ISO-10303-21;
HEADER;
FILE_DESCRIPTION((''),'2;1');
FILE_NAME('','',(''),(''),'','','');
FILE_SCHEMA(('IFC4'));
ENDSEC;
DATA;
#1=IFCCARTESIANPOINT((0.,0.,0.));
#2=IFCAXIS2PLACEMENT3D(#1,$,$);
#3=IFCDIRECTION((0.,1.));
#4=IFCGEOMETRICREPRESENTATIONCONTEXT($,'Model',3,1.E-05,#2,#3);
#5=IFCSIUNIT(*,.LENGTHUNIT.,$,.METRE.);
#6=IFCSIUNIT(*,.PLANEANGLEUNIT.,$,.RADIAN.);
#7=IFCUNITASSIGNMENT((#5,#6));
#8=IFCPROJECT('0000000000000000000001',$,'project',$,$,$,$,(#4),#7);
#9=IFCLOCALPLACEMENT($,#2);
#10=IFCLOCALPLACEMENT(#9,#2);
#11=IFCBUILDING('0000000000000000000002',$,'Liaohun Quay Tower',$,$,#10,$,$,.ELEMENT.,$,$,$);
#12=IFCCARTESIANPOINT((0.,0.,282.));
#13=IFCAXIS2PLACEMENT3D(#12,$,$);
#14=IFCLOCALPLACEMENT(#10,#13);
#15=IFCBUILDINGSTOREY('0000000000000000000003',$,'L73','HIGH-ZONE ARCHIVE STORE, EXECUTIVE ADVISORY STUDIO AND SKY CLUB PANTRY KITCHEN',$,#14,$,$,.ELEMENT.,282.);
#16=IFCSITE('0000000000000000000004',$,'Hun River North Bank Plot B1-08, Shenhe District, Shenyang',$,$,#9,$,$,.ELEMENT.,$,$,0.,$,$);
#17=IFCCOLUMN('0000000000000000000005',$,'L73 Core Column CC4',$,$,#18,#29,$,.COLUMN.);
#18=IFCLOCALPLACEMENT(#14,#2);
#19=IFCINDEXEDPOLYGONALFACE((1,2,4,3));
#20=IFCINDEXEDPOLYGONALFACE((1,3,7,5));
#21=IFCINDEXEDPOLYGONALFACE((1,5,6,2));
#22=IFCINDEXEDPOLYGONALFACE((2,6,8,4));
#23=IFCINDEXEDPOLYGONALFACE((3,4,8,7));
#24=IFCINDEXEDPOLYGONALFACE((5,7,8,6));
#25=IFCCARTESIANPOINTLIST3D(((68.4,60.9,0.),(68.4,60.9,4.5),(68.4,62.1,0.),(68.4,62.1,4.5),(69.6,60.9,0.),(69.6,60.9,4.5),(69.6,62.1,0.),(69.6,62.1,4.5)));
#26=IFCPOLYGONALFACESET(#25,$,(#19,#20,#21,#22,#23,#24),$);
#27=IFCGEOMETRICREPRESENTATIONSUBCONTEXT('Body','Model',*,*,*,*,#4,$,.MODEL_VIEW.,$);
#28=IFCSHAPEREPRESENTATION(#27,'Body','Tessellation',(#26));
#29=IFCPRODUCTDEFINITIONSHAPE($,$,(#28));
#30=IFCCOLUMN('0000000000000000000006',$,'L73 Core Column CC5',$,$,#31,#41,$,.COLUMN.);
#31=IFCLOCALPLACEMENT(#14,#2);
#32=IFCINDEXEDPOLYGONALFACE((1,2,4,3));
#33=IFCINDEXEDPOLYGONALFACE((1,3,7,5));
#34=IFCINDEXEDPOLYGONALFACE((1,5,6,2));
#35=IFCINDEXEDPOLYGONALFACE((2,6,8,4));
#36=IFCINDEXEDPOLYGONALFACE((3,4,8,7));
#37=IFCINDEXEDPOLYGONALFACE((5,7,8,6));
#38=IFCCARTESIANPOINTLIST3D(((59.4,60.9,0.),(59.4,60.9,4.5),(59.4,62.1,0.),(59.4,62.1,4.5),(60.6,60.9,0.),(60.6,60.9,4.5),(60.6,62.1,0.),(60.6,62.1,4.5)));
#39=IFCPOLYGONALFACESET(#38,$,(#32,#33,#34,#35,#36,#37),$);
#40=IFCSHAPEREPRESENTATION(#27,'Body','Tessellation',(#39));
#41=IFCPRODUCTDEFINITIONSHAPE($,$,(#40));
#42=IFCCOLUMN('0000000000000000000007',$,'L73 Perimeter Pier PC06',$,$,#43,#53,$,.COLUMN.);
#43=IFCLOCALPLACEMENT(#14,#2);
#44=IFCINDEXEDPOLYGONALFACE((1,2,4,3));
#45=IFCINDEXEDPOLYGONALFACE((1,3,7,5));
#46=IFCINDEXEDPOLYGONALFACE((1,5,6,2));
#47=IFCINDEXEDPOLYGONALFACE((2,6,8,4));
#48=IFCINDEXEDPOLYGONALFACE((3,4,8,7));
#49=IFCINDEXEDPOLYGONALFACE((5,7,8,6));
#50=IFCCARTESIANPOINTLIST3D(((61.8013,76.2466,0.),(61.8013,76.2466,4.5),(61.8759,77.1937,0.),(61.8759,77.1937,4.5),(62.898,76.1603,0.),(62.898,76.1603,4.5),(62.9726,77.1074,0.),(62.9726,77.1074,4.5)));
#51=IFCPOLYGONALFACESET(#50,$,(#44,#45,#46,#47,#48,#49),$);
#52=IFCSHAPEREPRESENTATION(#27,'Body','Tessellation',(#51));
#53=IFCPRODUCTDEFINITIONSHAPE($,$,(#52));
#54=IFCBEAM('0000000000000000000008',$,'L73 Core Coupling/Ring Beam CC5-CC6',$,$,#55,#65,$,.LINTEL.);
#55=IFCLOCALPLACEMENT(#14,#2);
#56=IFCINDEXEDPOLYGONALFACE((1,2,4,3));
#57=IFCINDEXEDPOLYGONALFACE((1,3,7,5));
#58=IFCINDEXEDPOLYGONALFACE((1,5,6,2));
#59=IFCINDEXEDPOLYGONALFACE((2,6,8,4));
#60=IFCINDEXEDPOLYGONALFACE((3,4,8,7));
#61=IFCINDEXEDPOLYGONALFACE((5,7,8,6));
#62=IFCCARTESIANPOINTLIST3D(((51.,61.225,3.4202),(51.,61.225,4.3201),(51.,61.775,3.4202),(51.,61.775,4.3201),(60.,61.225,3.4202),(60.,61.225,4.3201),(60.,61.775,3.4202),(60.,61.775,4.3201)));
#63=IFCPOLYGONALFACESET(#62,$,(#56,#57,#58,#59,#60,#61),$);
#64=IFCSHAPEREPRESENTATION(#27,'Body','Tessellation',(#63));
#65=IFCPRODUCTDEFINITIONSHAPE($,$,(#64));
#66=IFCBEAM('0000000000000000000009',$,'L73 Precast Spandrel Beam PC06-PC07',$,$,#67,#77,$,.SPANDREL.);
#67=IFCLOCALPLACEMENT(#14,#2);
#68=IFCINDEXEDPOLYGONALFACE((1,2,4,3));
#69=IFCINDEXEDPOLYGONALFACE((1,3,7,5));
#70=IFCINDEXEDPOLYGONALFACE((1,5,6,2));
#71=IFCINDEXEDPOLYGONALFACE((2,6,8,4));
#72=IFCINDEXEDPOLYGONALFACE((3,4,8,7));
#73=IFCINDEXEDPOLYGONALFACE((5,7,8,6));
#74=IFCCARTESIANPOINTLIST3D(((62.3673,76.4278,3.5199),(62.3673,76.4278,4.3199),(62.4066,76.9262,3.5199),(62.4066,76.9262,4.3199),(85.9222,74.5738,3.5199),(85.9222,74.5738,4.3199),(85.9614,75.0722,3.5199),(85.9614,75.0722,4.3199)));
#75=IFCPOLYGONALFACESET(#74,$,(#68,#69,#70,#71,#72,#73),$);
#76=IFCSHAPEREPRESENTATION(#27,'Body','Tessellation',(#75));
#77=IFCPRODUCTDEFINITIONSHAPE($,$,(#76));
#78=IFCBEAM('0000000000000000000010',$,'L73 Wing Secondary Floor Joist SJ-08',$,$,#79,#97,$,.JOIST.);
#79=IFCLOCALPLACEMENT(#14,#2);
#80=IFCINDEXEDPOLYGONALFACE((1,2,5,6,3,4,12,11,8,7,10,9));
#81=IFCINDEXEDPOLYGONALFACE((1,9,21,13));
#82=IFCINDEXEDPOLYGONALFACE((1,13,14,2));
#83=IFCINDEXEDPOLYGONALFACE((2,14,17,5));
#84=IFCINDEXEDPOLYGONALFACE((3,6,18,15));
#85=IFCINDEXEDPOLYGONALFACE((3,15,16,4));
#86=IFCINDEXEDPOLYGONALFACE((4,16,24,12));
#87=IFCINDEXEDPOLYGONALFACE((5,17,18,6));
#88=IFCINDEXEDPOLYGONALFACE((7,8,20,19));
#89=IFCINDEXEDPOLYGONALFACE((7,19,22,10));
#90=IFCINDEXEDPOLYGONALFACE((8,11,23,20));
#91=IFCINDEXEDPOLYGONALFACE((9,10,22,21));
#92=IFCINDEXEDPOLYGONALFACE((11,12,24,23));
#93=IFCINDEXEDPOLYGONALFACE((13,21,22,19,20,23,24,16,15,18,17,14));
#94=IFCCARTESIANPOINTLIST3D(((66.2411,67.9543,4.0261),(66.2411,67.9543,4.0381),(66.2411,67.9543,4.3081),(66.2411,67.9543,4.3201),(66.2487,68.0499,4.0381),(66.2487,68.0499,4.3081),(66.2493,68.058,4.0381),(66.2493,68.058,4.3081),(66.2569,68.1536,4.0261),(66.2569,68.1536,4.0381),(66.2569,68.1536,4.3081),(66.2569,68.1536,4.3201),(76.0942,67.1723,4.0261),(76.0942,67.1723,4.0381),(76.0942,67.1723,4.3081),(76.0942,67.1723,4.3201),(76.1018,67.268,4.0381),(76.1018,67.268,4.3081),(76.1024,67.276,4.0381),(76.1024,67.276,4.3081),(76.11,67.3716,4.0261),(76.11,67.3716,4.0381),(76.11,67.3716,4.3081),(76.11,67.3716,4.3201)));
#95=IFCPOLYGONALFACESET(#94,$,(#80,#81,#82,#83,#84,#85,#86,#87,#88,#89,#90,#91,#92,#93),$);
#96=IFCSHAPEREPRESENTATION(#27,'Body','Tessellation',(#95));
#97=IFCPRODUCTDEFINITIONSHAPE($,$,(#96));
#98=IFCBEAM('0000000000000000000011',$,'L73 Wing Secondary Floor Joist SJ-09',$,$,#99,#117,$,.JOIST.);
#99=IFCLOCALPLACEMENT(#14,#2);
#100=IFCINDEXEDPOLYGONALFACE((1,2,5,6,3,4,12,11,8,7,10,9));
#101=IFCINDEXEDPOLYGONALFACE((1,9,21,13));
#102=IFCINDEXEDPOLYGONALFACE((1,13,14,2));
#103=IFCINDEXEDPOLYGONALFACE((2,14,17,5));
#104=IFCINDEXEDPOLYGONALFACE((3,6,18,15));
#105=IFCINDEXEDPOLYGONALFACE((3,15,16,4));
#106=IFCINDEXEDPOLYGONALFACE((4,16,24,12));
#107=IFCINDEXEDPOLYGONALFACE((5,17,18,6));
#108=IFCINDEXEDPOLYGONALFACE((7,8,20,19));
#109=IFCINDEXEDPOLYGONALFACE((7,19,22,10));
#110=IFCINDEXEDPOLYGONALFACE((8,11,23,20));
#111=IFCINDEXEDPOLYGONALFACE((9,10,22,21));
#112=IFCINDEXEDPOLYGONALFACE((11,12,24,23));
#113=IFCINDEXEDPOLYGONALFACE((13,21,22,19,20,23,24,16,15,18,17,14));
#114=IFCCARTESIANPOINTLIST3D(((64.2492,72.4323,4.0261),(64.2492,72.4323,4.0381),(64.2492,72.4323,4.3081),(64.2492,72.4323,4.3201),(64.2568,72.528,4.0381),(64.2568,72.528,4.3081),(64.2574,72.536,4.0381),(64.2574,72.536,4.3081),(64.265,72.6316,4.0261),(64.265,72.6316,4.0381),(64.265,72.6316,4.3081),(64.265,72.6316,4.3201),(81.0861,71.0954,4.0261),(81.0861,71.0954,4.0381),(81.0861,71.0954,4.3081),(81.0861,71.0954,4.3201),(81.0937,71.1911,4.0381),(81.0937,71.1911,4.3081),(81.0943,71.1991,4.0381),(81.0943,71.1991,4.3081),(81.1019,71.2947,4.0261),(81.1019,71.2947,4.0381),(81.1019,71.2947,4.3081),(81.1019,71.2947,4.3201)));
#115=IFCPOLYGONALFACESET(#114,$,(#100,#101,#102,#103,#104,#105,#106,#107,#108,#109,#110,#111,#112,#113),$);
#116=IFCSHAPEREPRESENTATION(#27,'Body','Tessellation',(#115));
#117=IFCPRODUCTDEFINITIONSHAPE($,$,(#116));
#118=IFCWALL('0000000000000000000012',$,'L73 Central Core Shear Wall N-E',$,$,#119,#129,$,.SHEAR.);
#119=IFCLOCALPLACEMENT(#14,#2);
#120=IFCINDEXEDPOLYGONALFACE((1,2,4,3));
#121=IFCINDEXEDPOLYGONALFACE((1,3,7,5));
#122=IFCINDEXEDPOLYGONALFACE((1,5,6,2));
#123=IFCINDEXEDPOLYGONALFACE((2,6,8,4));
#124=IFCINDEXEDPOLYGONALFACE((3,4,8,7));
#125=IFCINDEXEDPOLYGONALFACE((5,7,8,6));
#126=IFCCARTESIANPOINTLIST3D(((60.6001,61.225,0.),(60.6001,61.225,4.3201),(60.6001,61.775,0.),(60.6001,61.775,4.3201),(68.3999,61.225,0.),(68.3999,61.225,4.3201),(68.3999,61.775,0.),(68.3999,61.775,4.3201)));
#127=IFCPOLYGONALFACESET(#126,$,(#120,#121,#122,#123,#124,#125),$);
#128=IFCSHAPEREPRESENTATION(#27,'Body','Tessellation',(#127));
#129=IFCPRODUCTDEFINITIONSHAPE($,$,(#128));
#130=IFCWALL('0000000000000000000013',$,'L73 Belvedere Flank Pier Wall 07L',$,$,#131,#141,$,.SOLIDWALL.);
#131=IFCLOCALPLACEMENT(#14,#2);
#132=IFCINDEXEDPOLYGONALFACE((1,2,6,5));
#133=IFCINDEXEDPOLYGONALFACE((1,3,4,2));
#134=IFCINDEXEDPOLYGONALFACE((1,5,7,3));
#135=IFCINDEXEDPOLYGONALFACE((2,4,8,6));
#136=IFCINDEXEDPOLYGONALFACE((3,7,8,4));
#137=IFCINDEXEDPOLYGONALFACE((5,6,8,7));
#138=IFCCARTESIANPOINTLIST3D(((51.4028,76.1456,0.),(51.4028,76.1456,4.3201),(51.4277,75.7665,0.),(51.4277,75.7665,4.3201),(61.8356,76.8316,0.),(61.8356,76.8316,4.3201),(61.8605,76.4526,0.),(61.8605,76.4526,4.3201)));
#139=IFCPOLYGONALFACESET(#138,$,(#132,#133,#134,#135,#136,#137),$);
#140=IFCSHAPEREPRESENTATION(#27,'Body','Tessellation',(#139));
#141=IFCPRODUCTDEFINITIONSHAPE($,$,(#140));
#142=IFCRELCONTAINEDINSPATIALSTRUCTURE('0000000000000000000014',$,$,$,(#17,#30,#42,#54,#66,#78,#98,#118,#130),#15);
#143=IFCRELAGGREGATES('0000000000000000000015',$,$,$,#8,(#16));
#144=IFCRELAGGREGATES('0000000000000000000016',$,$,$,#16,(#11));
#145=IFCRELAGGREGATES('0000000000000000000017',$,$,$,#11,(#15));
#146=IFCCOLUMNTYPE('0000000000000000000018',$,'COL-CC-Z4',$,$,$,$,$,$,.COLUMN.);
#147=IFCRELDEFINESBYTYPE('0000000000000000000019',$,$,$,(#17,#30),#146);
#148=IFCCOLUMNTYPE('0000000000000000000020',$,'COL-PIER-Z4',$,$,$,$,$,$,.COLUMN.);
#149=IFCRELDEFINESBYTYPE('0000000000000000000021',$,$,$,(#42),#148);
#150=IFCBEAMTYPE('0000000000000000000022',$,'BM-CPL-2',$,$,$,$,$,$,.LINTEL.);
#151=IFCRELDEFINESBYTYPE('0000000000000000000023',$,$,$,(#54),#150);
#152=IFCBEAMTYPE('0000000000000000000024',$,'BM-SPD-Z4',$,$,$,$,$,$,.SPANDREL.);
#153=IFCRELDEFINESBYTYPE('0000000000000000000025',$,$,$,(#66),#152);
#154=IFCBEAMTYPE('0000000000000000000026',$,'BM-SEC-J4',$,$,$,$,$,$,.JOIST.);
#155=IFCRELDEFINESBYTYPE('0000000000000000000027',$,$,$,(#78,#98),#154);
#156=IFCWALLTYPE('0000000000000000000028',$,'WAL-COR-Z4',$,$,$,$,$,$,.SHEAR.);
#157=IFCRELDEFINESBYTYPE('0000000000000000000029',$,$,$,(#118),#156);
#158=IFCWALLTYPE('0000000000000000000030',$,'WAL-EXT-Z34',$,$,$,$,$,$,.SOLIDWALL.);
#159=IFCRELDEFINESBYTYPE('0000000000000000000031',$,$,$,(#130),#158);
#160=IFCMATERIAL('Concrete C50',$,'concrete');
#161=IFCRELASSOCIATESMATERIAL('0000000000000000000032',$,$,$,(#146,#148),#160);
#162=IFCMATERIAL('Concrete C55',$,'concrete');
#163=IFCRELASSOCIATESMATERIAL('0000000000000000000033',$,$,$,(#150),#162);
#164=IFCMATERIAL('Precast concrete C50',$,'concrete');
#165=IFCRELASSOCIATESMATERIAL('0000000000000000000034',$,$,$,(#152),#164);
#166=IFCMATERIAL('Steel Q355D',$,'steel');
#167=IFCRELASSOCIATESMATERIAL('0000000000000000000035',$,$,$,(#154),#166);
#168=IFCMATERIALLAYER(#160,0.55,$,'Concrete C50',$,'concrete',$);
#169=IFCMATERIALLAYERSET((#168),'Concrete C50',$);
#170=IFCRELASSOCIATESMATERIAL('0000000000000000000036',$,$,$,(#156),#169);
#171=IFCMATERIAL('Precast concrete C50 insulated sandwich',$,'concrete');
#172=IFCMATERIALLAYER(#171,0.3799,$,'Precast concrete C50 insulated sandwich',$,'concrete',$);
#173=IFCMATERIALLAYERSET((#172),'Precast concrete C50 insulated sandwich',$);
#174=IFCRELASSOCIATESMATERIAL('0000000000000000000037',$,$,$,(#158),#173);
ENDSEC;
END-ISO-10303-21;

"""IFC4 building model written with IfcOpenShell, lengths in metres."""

from ifc_helpers import new_model, si_unit, direction, frame, frame_2d, origin, origin_2d, place, context, subcontext, project, spatial, rectangle, i_section, extrude, source, transform, mapped, material, layer, layer_set, material_profile, profile_set, type_object, element, save


model = new_model("IFC4")

# Units and contexts
model_context = context("Model", 3, precision=1e-05, world=origin(), true_north=direction((0.0, 1.0)))
body_context = subcontext(model_context, "Body", "Model", "MODEL_VIEW")
ifc_project = project(units=[si_unit("LENGTHUNIT", "METRE"), si_unit("PLANEANGLEUNIT", "RADIAN")], contexts=[model_context])

# Site, building, storey
site_placement = place(None, origin())
site = spatial("IfcSite", under=ifc_project, at=site_placement, Name="Hun River North Bank Plot B1-08, Shenhe District, Shenyang", CompositionType="ELEMENT", RefElevation=0.0)
building_placement = place(site_placement, origin())
building = spatial("IfcBuilding", under=site, at=building_placement, Name="Liaohun Quay Tower", CompositionType="ELEMENT")
storey_placement = place(building_placement, frame((0.0, 0.0, 282.0)))
storey = spatial("IfcBuildingStorey", under=building, at=storey_placement, Name="L73", Description="HIGH-ZONE ARCHIVE STORE, EXECUTIVE ADVISORY STUDIO AND SKY CLUB PANTRY KITCHEN", CompositionType="ELEMENT", Elevation=282.0)

# Columns
ifc_material_1 = material(Name="Concrete C50", Category="concrete")
ifc_material_profile_1 = material_profile(ifc_material_1, rectangle(XDim=1.2, YDim=1.2, at=origin_2d()), Name="RC1200x1200")
ifc_profile_set_1 = profile_set([ifc_material_profile_1], Name="Concrete C50")
column_type_1 = type_object("IfcColumnType", Name="COL-CC-Z4", PredefinedType="COLUMN", material=ifc_profile_set_1)
shared_shape_1 = source(origin(), body_context, "Body", "SweptSolid", [
    extrude(rectangle(XDim=1.2, YDim=1.2, at=origin_2d()), origin(), (0.0, 0.0, 1.0), 4.5),
])
for number, where, z_axis, x_axis, name in (
    (1, (69.0, 61.5, 0.0), (0.0, 0.0, 1.0), (1.0, 0.0, 0.0), "L73 Core Column CC4"),
    (2, (60.0, 61.5, 0.0), (0.0, 0.0, 1.0), (1.0, 0.0, 0.0), "L73 Core Column CC5"),
):
    element("IfcColumn", number, at=place(storey_placement, frame(where, z_axis=z_axis, x_axis=x_axis)), inside=storey, type_object=column_type_1, Name=name, PredefinedType="COLUMN", context=body_context, shape_type="MappedRepresentation", body=[
        mapped(shared_shape_1, transform((0.0, 0.0, 0.0), x_axis=(1.0, 0.0, 0.0), y_axis=(0.0, 1.0, 0.0), z_axis=(0.0, 0.0, 1.0), scale=1.0)),
    ])
ifc_material_profile_2 = material_profile(ifc_material_1, rectangle(XDim=1.1001, YDim=0.95, at=origin_2d()), Name="RC1100x950")
ifc_profile_set_2 = profile_set([ifc_material_profile_2], Name="Concrete C50")
column_type_2 = type_object("IfcColumnType", Name="COL-PIER-Z4", PredefinedType="COLUMN", material=ifc_profile_set_2)
shared_shape_2 = source(origin(), body_context, "Body", "SweptSolid", [
    extrude(rectangle(XDim=1.1001, YDim=0.95, at=origin_2d()), origin(), (0.0, 0.0, 1.0), 4.5),
])
column_placement = place(storey_placement, frame((62.387, 76.677, 0.0), z_axis=(0.0, 0.0, 1.0), x_axis=(-0.996917, 0.078459, 0.0)))
element("IfcColumn", 3, at=column_placement, inside=storey, type_object=column_type_2, Name="L73 Perimeter Pier PC06", PredefinedType="COLUMN", context=body_context, shape_type="MappedRepresentation", body=[
    mapped(shared_shape_2, transform((0.0, 0.0, 0.0), x_axis=(1.0, 0.0, 0.0), y_axis=(0.0, 1.0, 0.0), z_axis=(0.0, 0.0, 1.0), scale=1.0)),
])

# Beams
ifc_material_2 = material(Name="Concrete C55", Category="concrete")
ifc_material_profile_3 = material_profile(ifc_material_2, rectangle(XDim=0.55, YDim=0.8999, at=origin_2d()), Name="RC550x900")
ifc_profile_set_3 = profile_set([ifc_material_profile_3], Name="Concrete C55")
beam_type_1 = type_object("IfcBeamType", Name="BM-CPL-2", PredefinedType="LINTEL", material=ifc_profile_set_3)
shared_shape_3 = source(origin(), body_context, "Body", "SweptSolid", [
    extrude(rectangle(XDim=0.55, YDim=0.8999, at=origin_2d()), origin(), (0.0, 0.0, 1.0), 9.0),
])
beam_1_placement = place(storey_placement, frame((60.0, 61.5, 3.8701), z_axis=(-1.0, 0.0, 0.0), x_axis=(0.0, -1.0, 0.0)))
element("IfcBeam", 4, at=beam_1_placement, inside=storey, type_object=beam_type_1, Name="L73 Core Coupling/Ring Beam CC5-CC6", PredefinedType="LINTEL", context=body_context, shape_type="MappedRepresentation", body=[
    mapped(shared_shape_3, transform((0.0, 0.0, 0.0), x_axis=(1.0, 0.0, 0.0), y_axis=(0.0, 1.0, 0.0), z_axis=(0.0, 0.0, 1.0), scale=1.0)),
])
ifc_material_3 = material(Name="Precast concrete C50", Category="concrete")
ifc_material_profile_4 = material_profile(ifc_material_3, rectangle(XDim=0.5, YDim=0.8, at=origin_2d()), Name="RC500x800")
ifc_profile_set_4 = profile_set([ifc_material_profile_4], Name="Precast concrete C50")
beam_type_2 = type_object("IfcBeamType", Name="BM-SPD-Z4", PredefinedType="SPANDREL", material=ifc_profile_set_4)
shared_shape_4 = source(origin(), body_context, "Body", "SweptSolid", [
    extrude(rectangle(XDim=0.5, YDim=0.8, at=origin_2d()), origin(), (0.0, 0.0, 1.0), 23.6277),
])
beam_2_placement = place(storey_placement, frame((62.387, 76.677, 3.9199), z_axis=(0.996917, -0.078467, 0.0), x_axis=(0.078467, 0.996917, 0.0)))
element("IfcBeam", 5, at=beam_2_placement, inside=storey, type_object=beam_type_2, Name="L73 Precast Spandrel Beam PC06-PC07", PredefinedType="SPANDREL", context=body_context, shape_type="MappedRepresentation", body=[
    mapped(shared_shape_4, transform((0.0, 0.0, 0.0), x_axis=(1.0, 0.0, 0.0), y_axis=(0.0, 1.0, 0.0), z_axis=(0.0, 0.0, 1.0), scale=1.0)),
])
ifc_material_4 = material(Name="Steel Q355D", Category="steel")
ifc_material_profile_5 = material_profile(ifc_material_4, i_section(OverallWidth=0.2, OverallDepth=0.2939, WebThickness=0.0081, FlangeThickness=0.012, at=origin_2d()), Name="HM294x200x8x12")
ifc_profile_set_5 = profile_set([ifc_material_profile_5], Name="Steel Q355D")
beam_type_3 = type_object("IfcBeamType", Name="BM-SEC-J4", PredefinedType="JOIST", material=ifc_profile_set_5)
shared_shape_5 = source(origin(), body_context, "Body", "SweptSolid", [
    extrude(i_section(OverallWidth=0.2, OverallDepth=0.2939, WebThickness=0.0081, FlangeThickness=0.012, at=origin_2d()), origin(), (0.0, 0.0, 1.0), 9.884),
])
beam_3_placement = place(storey_placement, frame((66.249, 68.054, 4.1731), z_axis=(0.996865, -0.079116, 0.0), x_axis=(0.079116, 0.996865, 0.0)))
element("IfcBeam", 6, at=beam_3_placement, inside=storey, type_object=beam_type_3, Name="L73 Wing Secondary Floor Joist SJ-08", PredefinedType="JOIST", context=body_context, shape_type="MappedRepresentation", body=[
    mapped(shared_shape_5, transform((0.0, 0.0, 0.0), x_axis=(1.0, 0.0, 0.0), y_axis=(0.0, 1.0, 0.0), z_axis=(0.0, 0.0, 1.0), scale=1.0)),
])
shared_shape_6 = source(origin(), body_context, "Body", "SweptSolid", [
    extrude(i_section(OverallWidth=0.2, OverallDepth=0.2939, WebThickness=0.0081, FlangeThickness=0.012, at=origin_2d()), origin(), (0.0, 0.0, 1.0), 16.8899),
])
beam_4_placement = place(storey_placement, frame((64.2571, 72.532, 4.1731), z_axis=(0.996862, -0.079155, 0.0), x_axis=(0.079155, 0.996862, 0.0)))
element("IfcBeam", 7, at=beam_4_placement, inside=storey, type_object=beam_type_3, Name="L73 Wing Secondary Floor Joist SJ-09", PredefinedType="JOIST", context=body_context, shape_type="MappedRepresentation", body=[
    mapped(shared_shape_6, transform((0.0, 0.0, 0.0), x_axis=(1.0, 0.0, 0.0), y_axis=(0.0, 1.0, 0.0), z_axis=(0.0, 0.0, 1.0), scale=1.0)),
])

# Walls
ifc_layer_1 = layer(ifc_material_1, 0.55, Name="Concrete C50", Category="concrete")
ifc_layer_set_1 = layer_set([ifc_layer_1], Name="Concrete C50")
wall_type_1 = type_object("IfcWallType", Name="WAL-COR-Z4", PredefinedType="SHEAR", material=ifc_layer_set_1)
wall_1_placement = place(storey_placement, frame((60.6001, 61.5, 0.0), z_axis=(0.0, 0.0, 1.0), x_axis=(1.0, 0.0, 0.0)))
element("IfcWall", 8, at=wall_1_placement, inside=storey, type_object=wall_type_1, Name="L73 Central Core Shear Wall N-E", PredefinedType="SHEAR", context=body_context, shape_type="SweptSolid", body=[
    extrude(rectangle(XDim=7.7998, YDim=0.55, at=frame_2d((3.8999, 0.0))), origin(), (0.0, 0.0, 1.0), 4.3201),
])
ifc_material_5 = material(Name="Precast concrete C50 insulated sandwich", Category="concrete")
ifc_layer_2 = layer(ifc_material_5, 0.3799, Name="Precast concrete C50 insulated sandwich", Category="concrete")
ifc_layer_set_2 = layer_set([ifc_layer_2], Name="Precast concrete C50 insulated sandwich")
wall_type_2 = type_object("IfcWallType", Name="WAL-EXT-Z34", PredefinedType="SOLIDWALL", material=ifc_layer_set_2)
wall_2_placement = place(storey_placement, frame((61.8479, 76.6421, 0.0), z_axis=(0.0, 0.0, 1.0), x_axis=(-0.997845, -0.065615, 0.0)))
element("IfcWall", 9, at=wall_2_placement, inside=storey, type_object=wall_type_2, Name="L73 Belvedere Flank Pier Wall 07L", PredefinedType="SOLIDWALL", context=body_context, shape_type="SweptSolid", body=[
    extrude(rectangle(XDim=10.4553, YDim=0.3799, at=frame_2d((5.2275, 0.0))), origin(), (0.0, 0.0, 1.0), 4.3201),
])

save(model, "model.ifc")
